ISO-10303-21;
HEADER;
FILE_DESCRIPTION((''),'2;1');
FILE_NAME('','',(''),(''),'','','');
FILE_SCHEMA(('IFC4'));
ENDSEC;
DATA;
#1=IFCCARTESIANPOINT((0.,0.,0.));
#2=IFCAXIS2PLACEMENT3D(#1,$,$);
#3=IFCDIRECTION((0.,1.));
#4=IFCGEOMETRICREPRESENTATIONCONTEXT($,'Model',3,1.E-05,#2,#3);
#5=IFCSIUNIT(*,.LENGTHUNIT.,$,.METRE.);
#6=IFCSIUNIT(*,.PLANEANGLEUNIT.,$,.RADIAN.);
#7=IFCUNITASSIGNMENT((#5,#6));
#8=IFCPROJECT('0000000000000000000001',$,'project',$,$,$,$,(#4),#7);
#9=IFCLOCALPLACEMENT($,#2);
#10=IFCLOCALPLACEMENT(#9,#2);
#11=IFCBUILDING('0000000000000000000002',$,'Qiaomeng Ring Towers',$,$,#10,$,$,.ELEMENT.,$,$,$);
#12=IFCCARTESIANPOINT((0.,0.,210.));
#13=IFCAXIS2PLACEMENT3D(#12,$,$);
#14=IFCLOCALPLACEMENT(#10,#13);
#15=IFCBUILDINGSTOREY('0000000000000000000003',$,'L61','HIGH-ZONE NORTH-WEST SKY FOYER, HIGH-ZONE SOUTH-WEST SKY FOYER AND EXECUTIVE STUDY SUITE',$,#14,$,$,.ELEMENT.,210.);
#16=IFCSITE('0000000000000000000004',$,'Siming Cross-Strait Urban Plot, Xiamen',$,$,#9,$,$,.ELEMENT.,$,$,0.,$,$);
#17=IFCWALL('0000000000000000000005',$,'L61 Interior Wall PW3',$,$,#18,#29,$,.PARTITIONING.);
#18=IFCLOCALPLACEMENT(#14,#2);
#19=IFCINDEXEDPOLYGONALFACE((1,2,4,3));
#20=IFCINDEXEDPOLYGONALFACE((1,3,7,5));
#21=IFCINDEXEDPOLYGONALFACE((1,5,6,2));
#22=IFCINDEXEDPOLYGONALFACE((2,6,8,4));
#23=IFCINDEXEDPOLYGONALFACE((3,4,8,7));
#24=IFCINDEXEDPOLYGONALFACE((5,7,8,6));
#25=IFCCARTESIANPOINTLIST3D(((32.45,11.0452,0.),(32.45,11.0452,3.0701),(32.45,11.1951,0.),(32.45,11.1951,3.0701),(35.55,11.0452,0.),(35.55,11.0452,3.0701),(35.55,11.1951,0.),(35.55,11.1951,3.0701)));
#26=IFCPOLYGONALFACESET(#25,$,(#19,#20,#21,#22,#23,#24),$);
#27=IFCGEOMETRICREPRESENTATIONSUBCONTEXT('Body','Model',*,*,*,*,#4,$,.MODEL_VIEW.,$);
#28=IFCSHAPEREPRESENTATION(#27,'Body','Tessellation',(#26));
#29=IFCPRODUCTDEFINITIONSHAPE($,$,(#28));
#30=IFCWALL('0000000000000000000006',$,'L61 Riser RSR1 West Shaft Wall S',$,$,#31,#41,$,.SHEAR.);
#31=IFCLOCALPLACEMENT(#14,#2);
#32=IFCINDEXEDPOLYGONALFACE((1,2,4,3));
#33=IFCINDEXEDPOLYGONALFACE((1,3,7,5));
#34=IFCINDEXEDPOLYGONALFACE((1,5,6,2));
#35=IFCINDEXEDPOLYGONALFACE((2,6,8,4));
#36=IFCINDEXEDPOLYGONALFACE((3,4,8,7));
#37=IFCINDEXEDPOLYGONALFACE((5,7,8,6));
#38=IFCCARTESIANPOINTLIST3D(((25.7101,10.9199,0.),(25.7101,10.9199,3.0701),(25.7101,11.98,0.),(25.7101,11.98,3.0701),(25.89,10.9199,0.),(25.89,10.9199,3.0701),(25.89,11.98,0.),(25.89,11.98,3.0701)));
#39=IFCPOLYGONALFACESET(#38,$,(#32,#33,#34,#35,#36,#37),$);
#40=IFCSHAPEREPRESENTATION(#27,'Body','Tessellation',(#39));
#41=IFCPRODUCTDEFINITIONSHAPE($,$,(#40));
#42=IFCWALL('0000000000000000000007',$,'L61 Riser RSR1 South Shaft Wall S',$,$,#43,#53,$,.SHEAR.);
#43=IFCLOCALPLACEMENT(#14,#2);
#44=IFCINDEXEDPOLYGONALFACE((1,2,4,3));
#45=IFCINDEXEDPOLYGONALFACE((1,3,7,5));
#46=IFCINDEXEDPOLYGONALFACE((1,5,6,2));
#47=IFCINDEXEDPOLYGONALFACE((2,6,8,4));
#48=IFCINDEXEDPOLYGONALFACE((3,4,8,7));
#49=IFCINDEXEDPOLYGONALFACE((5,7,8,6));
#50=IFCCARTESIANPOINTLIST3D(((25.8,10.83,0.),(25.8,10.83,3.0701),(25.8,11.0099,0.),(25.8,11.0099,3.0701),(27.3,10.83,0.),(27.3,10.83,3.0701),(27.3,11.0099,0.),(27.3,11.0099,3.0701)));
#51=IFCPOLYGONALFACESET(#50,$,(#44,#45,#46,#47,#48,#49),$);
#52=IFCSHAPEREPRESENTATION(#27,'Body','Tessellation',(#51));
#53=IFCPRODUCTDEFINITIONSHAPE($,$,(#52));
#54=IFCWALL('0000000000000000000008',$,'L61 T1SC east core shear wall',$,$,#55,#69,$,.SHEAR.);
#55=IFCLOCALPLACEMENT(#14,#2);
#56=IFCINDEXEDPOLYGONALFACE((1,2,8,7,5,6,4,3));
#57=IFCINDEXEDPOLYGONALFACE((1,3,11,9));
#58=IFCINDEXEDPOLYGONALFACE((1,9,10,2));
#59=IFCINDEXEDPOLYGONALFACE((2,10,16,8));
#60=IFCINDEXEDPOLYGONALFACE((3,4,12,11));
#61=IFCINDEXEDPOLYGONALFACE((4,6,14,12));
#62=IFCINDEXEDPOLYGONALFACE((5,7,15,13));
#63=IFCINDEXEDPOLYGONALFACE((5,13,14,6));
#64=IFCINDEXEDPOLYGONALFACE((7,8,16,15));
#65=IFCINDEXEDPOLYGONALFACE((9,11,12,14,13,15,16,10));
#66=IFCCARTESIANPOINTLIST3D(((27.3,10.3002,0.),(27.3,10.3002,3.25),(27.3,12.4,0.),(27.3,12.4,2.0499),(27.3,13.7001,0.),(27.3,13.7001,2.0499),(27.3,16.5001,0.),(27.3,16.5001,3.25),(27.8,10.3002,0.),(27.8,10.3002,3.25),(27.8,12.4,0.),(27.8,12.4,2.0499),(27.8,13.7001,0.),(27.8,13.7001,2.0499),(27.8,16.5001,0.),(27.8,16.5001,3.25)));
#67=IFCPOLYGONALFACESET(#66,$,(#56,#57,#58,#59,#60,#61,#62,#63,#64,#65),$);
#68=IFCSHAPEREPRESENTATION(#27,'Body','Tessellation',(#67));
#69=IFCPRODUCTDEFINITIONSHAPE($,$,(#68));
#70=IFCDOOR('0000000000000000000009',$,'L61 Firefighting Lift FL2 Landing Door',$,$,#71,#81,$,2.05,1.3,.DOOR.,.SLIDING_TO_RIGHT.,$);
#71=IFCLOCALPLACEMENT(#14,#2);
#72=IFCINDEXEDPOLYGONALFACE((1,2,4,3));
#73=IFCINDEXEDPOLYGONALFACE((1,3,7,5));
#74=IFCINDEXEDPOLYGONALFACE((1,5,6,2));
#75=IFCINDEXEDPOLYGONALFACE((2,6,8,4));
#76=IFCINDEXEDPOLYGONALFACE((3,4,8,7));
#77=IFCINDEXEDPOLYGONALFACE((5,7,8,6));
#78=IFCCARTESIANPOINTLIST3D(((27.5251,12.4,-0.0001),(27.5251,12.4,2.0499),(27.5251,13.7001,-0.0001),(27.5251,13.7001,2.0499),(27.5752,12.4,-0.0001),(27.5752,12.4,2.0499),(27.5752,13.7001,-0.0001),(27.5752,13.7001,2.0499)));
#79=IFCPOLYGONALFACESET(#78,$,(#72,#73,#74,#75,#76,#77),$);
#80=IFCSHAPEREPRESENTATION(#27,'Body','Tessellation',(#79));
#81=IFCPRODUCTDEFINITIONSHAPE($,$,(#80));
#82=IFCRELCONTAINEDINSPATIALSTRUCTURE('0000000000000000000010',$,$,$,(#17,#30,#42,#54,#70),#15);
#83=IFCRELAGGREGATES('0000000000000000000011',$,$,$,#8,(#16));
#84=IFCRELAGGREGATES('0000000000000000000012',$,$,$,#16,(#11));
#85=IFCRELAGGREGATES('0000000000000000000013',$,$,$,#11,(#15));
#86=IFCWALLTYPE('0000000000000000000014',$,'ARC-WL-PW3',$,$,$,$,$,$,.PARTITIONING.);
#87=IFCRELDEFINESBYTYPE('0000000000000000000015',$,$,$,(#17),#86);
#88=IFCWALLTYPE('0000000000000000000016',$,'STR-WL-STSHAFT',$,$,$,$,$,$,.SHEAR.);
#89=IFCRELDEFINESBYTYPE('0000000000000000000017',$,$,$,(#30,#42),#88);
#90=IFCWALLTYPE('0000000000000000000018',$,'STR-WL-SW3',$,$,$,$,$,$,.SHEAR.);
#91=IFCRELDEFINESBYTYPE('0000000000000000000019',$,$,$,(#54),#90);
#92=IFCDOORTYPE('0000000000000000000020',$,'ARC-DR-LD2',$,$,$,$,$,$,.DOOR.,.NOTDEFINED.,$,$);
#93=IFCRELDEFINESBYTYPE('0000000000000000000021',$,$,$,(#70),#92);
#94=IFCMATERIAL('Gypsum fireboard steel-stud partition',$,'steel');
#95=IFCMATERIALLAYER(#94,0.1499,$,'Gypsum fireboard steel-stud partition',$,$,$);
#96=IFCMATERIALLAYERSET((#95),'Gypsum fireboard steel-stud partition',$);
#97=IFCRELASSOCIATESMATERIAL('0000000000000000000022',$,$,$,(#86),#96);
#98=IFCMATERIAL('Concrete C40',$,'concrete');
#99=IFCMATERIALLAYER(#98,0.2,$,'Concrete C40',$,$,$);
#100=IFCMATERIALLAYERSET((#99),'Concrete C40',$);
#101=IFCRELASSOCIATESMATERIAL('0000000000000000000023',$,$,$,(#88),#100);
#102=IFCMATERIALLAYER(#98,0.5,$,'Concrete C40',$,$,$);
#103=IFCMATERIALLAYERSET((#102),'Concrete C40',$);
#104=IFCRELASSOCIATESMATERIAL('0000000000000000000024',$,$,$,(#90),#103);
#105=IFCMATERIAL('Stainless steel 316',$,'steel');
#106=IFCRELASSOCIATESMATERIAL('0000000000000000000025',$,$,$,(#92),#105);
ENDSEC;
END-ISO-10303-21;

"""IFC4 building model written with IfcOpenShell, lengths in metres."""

from ifc_helpers import new_model, si_unit, direction, frame, frame_2d, origin, place, context, subcontext, project, spatial, rectangle, extrude, source, transform, mapped, material, layer, layer_set, type_object, element, fill, save


model = new_model("IFC4")

# Units and contexts
model_context = context("Model", 3, precision=1e-05, world=origin(), true_north=direction((0.0, 1.0)))
body_context = subcontext(model_context, "Body", "Model", "MODEL_VIEW")
ifc_project = project(units=[si_unit("LENGTHUNIT", "METRE"), si_unit("PLANEANGLEUNIT", "RADIAN")], contexts=[model_context])

# Site, building, storey
site_placement = place(None, origin())
site = spatial("IfcSite", under=ifc_project, at=site_placement, Name="Siming Cross-Strait Urban Plot, Xiamen", CompositionType="ELEMENT", RefElevation=0.0)
building_placement = place(site_placement, origin())
building = spatial("IfcBuilding", under=site, at=building_placement, Name="Qiaomeng Ring Towers", CompositionType="ELEMENT")
storey_placement = place(building_placement, frame((0.0, 0.0, 210.0)))
storey = spatial("IfcBuildingStorey", under=building, at=storey_placement, Name="L61", Description="HIGH-ZONE NORTH-WEST SKY FOYER, HIGH-ZONE SOUTH-WEST SKY FOYER AND EXECUTIVE STUDY SUITE", CompositionType="ELEMENT", Elevation=210.0)

# Shared definitions
ifc_material_1 = material(Name="Concrete C40", Category="concrete")

# Walls
ifc_material_2 = material(Name="Gypsum fireboard steel-stud partition", Category="steel")
ifc_layer_1 = layer(ifc_material_2, 0.1499, Name="Gypsum fireboard steel-stud partition")
ifc_layer_set_1 = layer_set([ifc_layer_1], Name="Gypsum fireboard steel-stud partition")
wall_type_1 = type_object("IfcWallType", Name="ARC-WL-PW3", PredefinedType="PARTITIONING", material=ifc_layer_set_1)
wall_1_placement = place(storey_placement, frame((32.45, 11.1201, 0.0), z_axis=(0.0, 0.0, 1.0), x_axis=(1.0, 0.0, 0.0)))
element("IfcWall", 1, at=wall_1_placement, inside=storey, type_object=wall_type_1, Name="L61 Interior Wall PW3", PredefinedType="PARTITIONING", context=body_context, shape_type="SweptSolid", body=[
    extrude(rectangle(XDim=3.1001, YDim=0.1499, at=frame_2d((1.55, 0.0))), origin(), (0.0, 0.0, 1.0), 3.0701),
])
ifc_layer_2 = layer(ifc_material_1, 0.2, Name="Concrete C40")
ifc_layer_set_2 = layer_set([ifc_layer_2], Name="Concrete C40")
wall_type_2 = type_object("IfcWallType", Name="STR-WL-STSHAFT", PredefinedType="SHEAR", material=ifc_layer_set_2)
wall_2_placement = place(storey_placement, frame((25.8, 10.9199, 0.0), z_axis=(0.0, 0.0, 1.0), x_axis=(0.0, 1.0, 0.0)))
element("IfcWall", 2, at=wall_2_placement, inside=storey, type_object=wall_type_2, Name="L61 Riser RSR1 West Shaft Wall S", PredefinedType="SHEAR", context=body_context, shape_type="SweptSolid", body=[
    extrude(rectangle(XDim=1.0601, YDim=0.1799, at=frame_2d((0.53, 0.0))), origin(), (0.0, 0.0, 1.0), 3.0701),
])
wall_3_placement = place(storey_placement, frame((25.8, 10.9199, 0.0), z_axis=(0.0, 0.0, 1.0), x_axis=(1.0, 0.0, 0.0)))
element("IfcWall", 3, at=wall_3_placement, inside=storey, type_object=wall_type_2, Name="L61 Riser RSR1 South Shaft Wall S", PredefinedType="SHEAR", context=body_context, shape_type="SweptSolid", body=[
    extrude(rectangle(XDim=1.5, YDim=0.1799, at=frame_2d((0.75, 0.0))), origin(), (0.0, 0.0, 1.0), 3.0701),
])

# Wall, opening, door
ifc_layer_3 = layer(ifc_material_1, 0.5, Name="Concrete C40")
ifc_layer_set_3 = layer_set([ifc_layer_3], Name="Concrete C40")
wall_type_3 = type_object("IfcWallType", Name="STR-WL-SW3", PredefinedType="SHEAR", material=ifc_layer_set_3)
wall_4_placement = place(storey_placement, frame((27.55, 10.3, 0.0), z_axis=(0.0, 0.0, 1.0), x_axis=(0.0, 1.0, 0.0)))
wall_4 = element("IfcWall", 4, at=wall_4_placement, inside=storey, type_object=wall_type_3, Name="L61 T1SC east core shear wall", PredefinedType="SHEAR", context=body_context, shape_type="SweptSolid", body=[
    extrude(rectangle(XDim=6.2, YDim=0.5, at=frame_2d((3.1001, 0.0))), origin(), (0.0, 0.0, 1.0), 3.25),
])
opening_1_placement = place(wall_4_placement, frame((2.1001, 0.0, 0.0)))
opening_1 = element("IfcOpeningElement", 5, at=opening_1_placement, cuts=wall_4, PredefinedType="OPENING", context=body_context, shape_type="SweptSolid", body=[
    extrude(rectangle(XDim=1.3, YDim=2.05, at=frame_2d((0.6499, 1.0249))), frame((0.0, 0.26, 0.0), z_axis=(0.0, -1.0, 0.0), x_axis=(1.0, 0.0, 0.0)), (0.0, 0.0, 1.0), 0.52),
])
ifc_material_3 = material(Name="Stainless steel 316", Category="steel")
door_type_1 = type_object("IfcDoorType", Name="ARC-DR-LD2", OperationType="NOTDEFINED", PredefinedType="DOOR", material=ifc_material_3)
shared_shape_1 = source(origin(), body_context, "Body", "SweptSolid", [
    extrude(rectangle(XDim=1.3, YDim=2.05, at=frame_2d((0.6499, 1.0249))), frame((0.0, 0.0249, 0.0), z_axis=(0.0, -1.0, 0.0), x_axis=(1.0, 0.0, 0.0)), (0.0, 0.0, 1.0), 0.05),
])
door_1_placement = place(opening_1_placement, origin())
door_1 = element("IfcDoor", 6, at=door_1_placement, inside=storey, type_object=door_type_1, Name="L61 Firefighting Lift FL2 Landing Door", OperationType="SLIDING_TO_RIGHT", OverallHeight=2.05, OverallWidth=1.3, PredefinedType="DOOR", context=body_context, shape_type="MappedRepresentation", body=[
    mapped(shared_shape_1, transform((0.0, 0.0, 0.0), x_axis=(1.0, 0.0, 0.0), y_axis=(0.0, 1.0, 0.0), z_axis=(0.0, 0.0, 1.0), scale=1.0)),
])
fill(opening_1, door_1)

save(model, "model.ifc")
